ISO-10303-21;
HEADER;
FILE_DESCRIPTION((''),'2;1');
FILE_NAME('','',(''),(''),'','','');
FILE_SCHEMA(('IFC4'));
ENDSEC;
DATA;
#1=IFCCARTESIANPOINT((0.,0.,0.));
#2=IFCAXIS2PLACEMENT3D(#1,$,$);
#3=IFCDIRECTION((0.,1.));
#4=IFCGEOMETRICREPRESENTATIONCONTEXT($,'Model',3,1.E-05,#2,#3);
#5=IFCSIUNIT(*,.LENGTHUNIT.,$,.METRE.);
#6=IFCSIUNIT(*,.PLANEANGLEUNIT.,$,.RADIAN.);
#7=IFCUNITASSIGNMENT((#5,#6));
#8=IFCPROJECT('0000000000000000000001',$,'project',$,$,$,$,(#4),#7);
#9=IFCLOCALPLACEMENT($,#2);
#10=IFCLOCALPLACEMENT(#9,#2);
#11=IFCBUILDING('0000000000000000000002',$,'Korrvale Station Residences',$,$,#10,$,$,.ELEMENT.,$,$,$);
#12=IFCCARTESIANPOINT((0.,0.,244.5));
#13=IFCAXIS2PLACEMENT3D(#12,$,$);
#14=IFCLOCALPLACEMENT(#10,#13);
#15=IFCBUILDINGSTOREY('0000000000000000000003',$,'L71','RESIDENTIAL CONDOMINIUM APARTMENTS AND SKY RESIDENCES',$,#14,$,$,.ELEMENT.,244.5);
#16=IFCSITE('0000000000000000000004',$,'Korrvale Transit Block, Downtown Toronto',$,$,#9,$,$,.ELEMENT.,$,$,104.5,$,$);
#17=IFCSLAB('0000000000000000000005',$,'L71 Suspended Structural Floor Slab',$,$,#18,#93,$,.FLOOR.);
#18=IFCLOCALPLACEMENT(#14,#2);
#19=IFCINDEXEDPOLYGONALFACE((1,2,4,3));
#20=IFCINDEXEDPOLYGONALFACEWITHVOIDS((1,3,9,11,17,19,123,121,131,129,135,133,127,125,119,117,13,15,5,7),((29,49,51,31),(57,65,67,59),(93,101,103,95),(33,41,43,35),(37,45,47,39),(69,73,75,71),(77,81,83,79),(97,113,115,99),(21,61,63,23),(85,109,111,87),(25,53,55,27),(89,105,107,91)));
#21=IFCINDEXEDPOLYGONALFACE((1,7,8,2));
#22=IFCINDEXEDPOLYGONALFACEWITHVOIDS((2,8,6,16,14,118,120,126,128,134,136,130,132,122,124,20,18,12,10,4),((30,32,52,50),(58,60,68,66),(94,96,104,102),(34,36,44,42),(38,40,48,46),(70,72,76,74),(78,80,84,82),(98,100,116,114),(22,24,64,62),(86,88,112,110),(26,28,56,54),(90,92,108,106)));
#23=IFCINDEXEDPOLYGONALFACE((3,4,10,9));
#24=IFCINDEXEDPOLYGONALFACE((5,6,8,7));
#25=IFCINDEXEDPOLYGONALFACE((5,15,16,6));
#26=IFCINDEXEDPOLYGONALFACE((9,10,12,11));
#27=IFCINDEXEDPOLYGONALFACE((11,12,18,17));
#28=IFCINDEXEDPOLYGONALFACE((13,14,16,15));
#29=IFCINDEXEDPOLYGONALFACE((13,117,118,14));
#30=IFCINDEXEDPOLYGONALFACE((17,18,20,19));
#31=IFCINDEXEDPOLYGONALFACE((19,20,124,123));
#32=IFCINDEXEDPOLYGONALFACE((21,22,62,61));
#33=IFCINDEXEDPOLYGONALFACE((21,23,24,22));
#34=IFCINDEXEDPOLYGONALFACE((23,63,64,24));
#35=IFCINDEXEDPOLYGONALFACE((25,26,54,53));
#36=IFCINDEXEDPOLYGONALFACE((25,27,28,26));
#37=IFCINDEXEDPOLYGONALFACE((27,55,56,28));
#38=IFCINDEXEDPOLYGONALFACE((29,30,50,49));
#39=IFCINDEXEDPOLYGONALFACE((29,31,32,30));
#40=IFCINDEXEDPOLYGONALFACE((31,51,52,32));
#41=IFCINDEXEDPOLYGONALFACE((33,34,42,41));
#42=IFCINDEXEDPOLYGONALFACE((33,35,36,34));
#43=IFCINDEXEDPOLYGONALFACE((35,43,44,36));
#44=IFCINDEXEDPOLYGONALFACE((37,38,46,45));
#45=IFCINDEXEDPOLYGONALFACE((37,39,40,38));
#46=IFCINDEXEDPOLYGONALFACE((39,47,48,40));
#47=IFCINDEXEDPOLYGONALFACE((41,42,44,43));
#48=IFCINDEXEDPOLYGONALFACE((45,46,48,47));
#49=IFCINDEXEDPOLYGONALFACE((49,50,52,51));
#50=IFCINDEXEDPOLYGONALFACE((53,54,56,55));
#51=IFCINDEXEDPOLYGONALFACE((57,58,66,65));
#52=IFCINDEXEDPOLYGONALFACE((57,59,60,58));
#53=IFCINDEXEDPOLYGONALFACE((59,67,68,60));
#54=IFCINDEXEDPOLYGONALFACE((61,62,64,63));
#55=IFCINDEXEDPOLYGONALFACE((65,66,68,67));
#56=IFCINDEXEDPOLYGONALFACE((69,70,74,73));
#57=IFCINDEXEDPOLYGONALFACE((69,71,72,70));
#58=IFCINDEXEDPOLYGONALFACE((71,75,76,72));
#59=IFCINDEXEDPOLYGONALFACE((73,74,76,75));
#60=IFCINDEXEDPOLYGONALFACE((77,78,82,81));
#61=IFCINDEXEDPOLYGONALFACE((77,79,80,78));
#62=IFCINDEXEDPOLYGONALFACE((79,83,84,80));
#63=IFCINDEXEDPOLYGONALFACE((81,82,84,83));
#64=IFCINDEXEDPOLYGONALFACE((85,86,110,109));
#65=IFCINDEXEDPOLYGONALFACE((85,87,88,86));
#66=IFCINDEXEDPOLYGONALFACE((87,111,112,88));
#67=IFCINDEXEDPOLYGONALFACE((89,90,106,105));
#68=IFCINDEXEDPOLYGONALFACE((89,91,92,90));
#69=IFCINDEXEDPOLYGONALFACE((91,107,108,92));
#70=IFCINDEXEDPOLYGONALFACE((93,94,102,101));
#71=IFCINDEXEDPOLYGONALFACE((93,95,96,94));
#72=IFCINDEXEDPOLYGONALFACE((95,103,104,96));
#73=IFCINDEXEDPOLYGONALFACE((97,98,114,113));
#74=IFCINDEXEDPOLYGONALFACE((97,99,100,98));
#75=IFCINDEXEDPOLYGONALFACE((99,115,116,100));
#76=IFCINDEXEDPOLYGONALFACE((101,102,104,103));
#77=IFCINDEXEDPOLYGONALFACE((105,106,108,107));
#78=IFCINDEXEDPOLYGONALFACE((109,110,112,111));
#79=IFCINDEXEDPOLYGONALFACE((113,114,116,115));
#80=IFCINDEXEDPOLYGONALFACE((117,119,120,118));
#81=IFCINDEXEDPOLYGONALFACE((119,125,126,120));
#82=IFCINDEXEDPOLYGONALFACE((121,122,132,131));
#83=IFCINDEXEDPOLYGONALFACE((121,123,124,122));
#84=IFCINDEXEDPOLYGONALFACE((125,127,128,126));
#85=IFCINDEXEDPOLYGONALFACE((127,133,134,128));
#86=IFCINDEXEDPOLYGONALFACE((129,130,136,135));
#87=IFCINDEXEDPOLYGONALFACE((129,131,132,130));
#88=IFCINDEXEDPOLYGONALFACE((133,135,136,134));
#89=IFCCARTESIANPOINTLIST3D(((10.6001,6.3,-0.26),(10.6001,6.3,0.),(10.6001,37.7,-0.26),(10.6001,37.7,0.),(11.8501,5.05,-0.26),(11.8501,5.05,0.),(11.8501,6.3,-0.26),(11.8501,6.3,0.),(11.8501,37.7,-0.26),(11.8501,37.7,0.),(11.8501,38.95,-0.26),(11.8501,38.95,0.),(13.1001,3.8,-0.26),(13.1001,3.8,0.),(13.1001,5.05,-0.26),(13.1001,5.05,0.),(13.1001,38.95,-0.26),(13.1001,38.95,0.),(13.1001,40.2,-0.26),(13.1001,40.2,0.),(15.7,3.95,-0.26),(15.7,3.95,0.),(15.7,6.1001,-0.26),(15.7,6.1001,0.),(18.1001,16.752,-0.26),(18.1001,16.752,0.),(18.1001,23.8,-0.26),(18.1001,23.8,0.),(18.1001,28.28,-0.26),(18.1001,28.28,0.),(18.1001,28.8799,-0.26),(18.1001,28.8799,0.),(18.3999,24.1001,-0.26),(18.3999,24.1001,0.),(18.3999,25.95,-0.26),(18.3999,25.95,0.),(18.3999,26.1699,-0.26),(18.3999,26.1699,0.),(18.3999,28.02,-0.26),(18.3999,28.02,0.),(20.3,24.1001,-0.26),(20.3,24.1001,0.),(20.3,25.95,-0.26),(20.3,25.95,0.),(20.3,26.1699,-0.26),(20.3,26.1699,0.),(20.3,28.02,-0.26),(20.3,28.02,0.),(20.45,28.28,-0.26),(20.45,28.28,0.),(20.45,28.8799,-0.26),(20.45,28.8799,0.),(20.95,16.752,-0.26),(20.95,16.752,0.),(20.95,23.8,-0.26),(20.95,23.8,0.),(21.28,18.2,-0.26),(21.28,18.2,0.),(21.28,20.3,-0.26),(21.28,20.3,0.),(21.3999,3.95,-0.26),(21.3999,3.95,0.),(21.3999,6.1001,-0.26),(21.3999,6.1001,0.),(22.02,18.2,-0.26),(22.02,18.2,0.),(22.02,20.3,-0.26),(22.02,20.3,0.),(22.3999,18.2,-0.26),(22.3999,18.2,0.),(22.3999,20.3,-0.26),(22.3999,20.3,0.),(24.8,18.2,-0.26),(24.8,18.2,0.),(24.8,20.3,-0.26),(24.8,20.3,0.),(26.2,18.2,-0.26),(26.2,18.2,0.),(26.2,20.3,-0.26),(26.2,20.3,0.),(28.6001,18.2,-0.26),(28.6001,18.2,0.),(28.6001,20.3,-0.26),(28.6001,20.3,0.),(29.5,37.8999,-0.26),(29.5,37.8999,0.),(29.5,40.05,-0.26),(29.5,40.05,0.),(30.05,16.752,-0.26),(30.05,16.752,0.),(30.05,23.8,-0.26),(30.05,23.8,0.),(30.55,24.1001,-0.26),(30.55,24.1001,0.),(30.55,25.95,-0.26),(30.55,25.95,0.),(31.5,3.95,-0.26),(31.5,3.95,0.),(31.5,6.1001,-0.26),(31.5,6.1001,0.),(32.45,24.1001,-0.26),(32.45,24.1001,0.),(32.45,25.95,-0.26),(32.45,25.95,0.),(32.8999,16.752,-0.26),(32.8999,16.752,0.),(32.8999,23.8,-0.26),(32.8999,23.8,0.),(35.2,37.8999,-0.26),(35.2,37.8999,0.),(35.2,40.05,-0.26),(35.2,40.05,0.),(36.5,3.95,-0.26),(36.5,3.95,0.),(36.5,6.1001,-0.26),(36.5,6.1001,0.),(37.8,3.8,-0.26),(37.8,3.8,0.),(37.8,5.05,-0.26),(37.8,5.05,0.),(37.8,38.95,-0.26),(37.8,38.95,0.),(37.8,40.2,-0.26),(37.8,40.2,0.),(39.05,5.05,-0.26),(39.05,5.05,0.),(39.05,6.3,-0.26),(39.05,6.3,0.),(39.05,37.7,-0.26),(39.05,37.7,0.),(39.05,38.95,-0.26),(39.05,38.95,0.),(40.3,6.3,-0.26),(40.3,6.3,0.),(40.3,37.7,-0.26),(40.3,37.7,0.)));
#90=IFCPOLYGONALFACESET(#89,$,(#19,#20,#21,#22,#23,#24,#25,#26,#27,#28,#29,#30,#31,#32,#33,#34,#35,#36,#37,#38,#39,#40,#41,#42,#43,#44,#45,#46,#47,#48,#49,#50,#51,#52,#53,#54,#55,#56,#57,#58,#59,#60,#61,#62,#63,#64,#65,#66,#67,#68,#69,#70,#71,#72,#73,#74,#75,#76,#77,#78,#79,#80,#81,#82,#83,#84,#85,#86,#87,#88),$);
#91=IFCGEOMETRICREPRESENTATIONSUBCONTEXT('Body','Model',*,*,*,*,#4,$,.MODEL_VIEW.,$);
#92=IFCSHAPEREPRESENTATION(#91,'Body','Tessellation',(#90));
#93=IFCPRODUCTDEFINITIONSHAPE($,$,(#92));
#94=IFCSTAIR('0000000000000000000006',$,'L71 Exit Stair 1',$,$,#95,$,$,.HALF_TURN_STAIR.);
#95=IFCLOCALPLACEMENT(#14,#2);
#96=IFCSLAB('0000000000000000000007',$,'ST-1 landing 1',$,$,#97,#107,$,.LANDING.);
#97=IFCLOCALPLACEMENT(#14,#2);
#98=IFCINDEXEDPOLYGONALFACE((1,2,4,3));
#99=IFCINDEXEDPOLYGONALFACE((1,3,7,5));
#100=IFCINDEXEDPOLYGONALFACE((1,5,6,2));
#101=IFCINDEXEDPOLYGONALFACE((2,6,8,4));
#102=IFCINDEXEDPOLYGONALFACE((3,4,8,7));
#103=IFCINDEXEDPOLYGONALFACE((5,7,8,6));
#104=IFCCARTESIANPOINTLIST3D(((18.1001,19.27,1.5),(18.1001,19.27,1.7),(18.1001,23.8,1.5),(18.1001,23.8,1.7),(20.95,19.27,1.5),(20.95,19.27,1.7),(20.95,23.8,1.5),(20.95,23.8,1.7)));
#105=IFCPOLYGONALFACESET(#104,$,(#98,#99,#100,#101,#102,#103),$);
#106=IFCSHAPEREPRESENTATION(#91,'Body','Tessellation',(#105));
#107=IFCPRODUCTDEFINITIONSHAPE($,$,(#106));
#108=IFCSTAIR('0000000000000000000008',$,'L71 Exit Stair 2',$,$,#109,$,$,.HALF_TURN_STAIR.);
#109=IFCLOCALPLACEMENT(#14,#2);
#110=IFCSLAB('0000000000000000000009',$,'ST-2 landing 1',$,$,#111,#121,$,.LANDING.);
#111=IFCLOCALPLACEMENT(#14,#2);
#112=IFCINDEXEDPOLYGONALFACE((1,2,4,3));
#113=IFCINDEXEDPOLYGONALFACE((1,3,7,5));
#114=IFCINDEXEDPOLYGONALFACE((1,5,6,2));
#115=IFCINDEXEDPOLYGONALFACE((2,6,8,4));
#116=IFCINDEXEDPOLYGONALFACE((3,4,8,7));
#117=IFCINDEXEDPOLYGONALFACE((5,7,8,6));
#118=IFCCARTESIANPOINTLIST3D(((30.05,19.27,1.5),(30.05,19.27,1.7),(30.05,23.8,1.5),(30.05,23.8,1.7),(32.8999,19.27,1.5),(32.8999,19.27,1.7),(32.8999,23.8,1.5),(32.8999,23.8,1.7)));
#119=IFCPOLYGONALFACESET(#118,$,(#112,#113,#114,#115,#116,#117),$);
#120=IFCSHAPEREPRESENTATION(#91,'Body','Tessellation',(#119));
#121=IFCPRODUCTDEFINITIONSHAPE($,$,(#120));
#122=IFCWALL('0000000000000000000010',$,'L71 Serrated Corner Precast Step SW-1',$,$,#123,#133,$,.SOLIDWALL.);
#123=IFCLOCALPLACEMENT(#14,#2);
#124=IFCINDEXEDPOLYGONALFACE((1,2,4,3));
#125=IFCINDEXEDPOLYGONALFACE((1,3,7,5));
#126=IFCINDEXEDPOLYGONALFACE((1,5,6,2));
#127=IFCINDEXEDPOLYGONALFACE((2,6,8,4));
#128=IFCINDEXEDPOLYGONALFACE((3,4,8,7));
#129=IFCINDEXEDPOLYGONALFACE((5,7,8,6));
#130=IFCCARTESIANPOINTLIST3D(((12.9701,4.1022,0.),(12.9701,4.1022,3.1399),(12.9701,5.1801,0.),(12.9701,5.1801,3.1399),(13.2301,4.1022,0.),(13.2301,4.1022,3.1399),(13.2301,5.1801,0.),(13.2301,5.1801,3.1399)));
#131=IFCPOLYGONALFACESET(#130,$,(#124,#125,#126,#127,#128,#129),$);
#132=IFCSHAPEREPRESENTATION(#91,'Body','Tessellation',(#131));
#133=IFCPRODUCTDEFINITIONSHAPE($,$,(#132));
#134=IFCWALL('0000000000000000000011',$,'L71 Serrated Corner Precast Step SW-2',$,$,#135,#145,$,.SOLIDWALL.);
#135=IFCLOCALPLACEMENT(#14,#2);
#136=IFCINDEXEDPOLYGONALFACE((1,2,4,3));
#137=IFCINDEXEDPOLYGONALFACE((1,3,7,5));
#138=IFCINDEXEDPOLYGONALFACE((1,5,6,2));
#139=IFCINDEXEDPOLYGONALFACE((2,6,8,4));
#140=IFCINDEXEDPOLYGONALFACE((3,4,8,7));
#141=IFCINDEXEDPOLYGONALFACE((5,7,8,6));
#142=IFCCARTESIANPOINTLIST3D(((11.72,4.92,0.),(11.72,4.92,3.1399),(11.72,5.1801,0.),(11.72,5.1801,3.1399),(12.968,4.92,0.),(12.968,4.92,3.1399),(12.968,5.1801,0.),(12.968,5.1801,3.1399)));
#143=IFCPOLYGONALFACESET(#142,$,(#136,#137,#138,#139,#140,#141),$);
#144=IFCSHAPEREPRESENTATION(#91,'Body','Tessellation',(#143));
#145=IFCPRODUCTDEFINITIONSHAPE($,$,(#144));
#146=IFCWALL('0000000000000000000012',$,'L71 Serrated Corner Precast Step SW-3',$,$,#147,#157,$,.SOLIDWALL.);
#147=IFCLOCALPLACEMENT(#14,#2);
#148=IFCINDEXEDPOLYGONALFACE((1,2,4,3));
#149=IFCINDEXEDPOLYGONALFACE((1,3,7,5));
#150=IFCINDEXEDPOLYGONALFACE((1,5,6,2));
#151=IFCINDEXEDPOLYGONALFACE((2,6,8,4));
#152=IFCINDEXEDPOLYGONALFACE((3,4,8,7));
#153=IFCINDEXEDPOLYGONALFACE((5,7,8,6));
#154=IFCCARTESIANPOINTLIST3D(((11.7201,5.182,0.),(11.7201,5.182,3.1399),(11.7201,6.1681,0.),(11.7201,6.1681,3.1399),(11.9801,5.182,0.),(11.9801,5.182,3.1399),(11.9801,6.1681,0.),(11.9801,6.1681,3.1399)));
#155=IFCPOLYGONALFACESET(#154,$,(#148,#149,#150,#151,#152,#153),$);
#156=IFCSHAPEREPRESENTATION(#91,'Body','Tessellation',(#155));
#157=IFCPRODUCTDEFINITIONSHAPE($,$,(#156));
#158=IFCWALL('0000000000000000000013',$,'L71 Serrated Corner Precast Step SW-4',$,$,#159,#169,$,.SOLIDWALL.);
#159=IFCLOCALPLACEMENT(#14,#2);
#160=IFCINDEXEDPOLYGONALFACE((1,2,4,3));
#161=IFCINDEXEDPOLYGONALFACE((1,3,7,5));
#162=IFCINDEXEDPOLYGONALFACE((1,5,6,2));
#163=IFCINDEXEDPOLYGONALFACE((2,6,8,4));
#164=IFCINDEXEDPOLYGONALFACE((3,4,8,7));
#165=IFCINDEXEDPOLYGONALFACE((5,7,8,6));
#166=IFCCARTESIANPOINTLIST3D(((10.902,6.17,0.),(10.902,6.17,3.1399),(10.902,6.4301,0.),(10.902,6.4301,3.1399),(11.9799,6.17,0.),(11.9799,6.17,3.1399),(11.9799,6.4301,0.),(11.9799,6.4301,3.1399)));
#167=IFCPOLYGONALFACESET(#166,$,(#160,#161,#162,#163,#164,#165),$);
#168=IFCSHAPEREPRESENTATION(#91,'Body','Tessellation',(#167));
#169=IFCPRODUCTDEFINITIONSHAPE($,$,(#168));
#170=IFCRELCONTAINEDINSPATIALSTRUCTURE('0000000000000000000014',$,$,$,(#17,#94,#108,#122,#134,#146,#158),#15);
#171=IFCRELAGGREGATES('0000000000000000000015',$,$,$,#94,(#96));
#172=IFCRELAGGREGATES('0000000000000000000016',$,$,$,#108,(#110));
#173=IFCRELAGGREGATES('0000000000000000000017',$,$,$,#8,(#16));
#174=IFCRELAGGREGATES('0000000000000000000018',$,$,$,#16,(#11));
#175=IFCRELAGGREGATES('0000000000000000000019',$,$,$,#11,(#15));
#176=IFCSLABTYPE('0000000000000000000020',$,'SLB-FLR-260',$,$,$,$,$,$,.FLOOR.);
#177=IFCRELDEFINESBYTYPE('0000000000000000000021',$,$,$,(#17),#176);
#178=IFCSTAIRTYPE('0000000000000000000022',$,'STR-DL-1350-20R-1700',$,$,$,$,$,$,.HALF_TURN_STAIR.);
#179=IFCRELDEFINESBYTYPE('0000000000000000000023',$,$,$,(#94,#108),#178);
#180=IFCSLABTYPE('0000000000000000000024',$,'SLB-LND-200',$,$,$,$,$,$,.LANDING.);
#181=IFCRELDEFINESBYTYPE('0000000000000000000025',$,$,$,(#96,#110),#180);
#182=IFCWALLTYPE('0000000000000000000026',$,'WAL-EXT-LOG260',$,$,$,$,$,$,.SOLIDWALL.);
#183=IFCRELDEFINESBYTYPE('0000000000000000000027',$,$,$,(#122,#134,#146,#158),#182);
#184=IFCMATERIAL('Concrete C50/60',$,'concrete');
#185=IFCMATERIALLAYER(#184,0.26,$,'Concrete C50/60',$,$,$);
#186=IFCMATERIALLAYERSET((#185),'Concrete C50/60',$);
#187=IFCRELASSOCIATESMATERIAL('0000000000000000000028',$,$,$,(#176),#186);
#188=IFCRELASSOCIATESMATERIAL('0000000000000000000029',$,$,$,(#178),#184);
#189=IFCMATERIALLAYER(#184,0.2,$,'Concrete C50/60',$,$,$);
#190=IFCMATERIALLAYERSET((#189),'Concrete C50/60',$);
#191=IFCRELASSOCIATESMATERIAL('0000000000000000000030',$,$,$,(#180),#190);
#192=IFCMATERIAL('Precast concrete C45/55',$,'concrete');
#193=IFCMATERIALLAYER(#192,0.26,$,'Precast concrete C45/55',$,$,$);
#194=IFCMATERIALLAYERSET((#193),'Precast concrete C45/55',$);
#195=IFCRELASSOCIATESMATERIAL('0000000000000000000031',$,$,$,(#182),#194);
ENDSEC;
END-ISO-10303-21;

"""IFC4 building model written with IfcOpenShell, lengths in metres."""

from ifc_helpers import new_model, si_unit, direction, frame, frame_2d, origin, place, context, subcontext, project, spatial, polyline, rectangle, outline, extrude, material, layer, layer_set, type_object, element, aggregate, save


model = new_model("IFC4")

# Units and contexts
model_context = context("Model", 3, precision=1e-05, world=origin(), true_north=direction((0.0, 1.0)))
body_context = subcontext(model_context, "Body", "Model", "MODEL_VIEW")
ifc_project = project(units=[si_unit("LENGTHUNIT", "METRE"), si_unit("PLANEANGLEUNIT", "RADIAN")], contexts=[model_context])

# Site, building, storey
site_placement = place(None, origin())
site = spatial("IfcSite", under=ifc_project, at=site_placement, Name="Korrvale Transit Block, Downtown Toronto", CompositionType="ELEMENT", RefElevation=104.5)
building_placement = place(site_placement, origin())
building = spatial("IfcBuilding", under=site, at=building_placement, Name="Korrvale Station Residences", CompositionType="ELEMENT")
storey_placement = place(building_placement, frame((0.0, 0.0, 244.5)))
storey = spatial("IfcBuildingStorey", under=building, at=storey_placement, Name="L71", Description="RESIDENTIAL CONDOMINIUM APARTMENTS AND SKY RESIDENCES", CompositionType="ELEMENT", Elevation=244.5)

# Shared definitions
ifc_material_1 = material(Name="Concrete C50/60", Category="concrete")

# Slab
ifc_layer_1 = layer(ifc_material_1, 0.26, Name="Concrete C50/60")
ifc_layer_set_1 = layer_set([ifc_layer_1], Name="Concrete C50/60")
slab_type_1 = type_object("IfcSlabType", Name="SLB-FLR-260", PredefinedType="FLOOR", material=ifc_layer_set_1)
slab_1_placement = place(storey_placement, frame((0.0, 0.0, -0.26)))
element("IfcSlab", 1, at=slab_1_placement, inside=storey, type_object=slab_type_1, Name="L71 Suspended Structural Floor Slab", PredefinedType="FLOOR", context=body_context, shape_type="SweptSolid", body=[
    extrude(outline(polyline([(13.1001, 3.8), (37.8, 3.8), (37.8, 5.05), (39.05, 5.05), (39.05, 6.3), (40.3, 6.3), (40.3, 37.7), (39.05, 37.7), (39.05, 38.95), (37.8, 38.95), (37.8, 40.2), (13.1001, 40.2), (13.1001, 38.95), (11.8501, 38.95), (11.8501, 37.7), (10.6001, 37.7), (10.6001, 6.3), (11.8501, 6.3), (11.8501, 5.05), (13.1001, 5.05), (13.1001, 3.8)]), holes=[polyline([(20.95, 16.752), (20.95, 23.8), (18.1001, 23.8), (18.1001, 16.752), (20.95, 16.752)]), polyline([(32.8999, 16.752), (32.8999, 23.8), (30.05, 23.8), (30.05, 16.752), (32.8999, 16.752)]), polyline([(18.3999, 24.1001), (20.3, 24.1001), (20.3, 25.95), (18.3999, 25.95), (18.3999, 24.1001)]), polyline([(18.3999, 26.1699), (20.3, 26.1699), (20.3, 28.02), (18.3999, 28.02), (18.3999, 26.1699)]), polyline([(30.55, 24.1001), (32.45, 24.1001), (32.45, 25.95), (30.55, 25.95), (30.55, 24.1001)]), polyline([(22.3999, 18.2), (24.8, 18.2), (24.8, 20.3), (22.3999, 20.3), (22.3999, 18.2)]), polyline([(26.2, 18.2), (28.6001, 18.2), (28.6001, 20.3), (26.2, 20.3), (26.2, 18.2)]), polyline([(18.1001, 28.28), (20.45, 28.28), (20.45, 28.8799), (18.1001, 28.8799), (18.1001, 28.28)]), polyline([(21.28, 18.2), (22.02, 18.2), (22.02, 20.3), (21.28, 20.3), (21.28, 18.2)]), polyline([(15.7, 3.95), (21.3999, 3.95), (21.3999, 6.1001), (15.7, 6.1001), (15.7, 3.95)]), polyline([(29.5, 37.8999), (35.2, 37.8999), (35.2, 40.05), (29.5, 40.05), (29.5, 37.8999)]), polyline([(31.5, 3.95), (36.5, 3.95), (36.5, 6.1001), (31.5, 6.1001), (31.5, 3.95)])]), origin(), (0.0, 0.0, 1.0), 0.26),
])

# Stairs, slabs
stair_type = type_object("IfcStairType", Name="STR-DL-1350-20R-1700", PredefinedType="HALF_TURN_STAIR", material=ifc_material_1)
stair_1_placement = place(storey_placement, origin())
stair_1 = element("IfcStair", 2, at=stair_1_placement, inside=storey, type_object=stair_type, Name="L71 Exit Stair 1", PredefinedType="HALF_TURN_STAIR")
ifc_layer_2 = layer(ifc_material_1, 0.2, Name="Concrete C50/60")
ifc_layer_set_2 = layer_set([ifc_layer_2], Name="Concrete C50/60")
slab_type_2 = type_object("IfcSlabType", Name="SLB-LND-200", PredefinedType="LANDING", material=ifc_layer_set_2)
slab_2_placement = place(storey_placement, frame((0.0, 0.0, 1.5)))
slab_2 = element("IfcSlab", 3, at=slab_2_placement, type_object=slab_type_2, Name="ST-1 landing 1", PredefinedType="LANDING", context=body_context, shape_type="SweptSolid", body=[
    extrude(outline(polyline([(20.95, 19.27), (20.95, 23.8), (18.1001, 23.8), (18.1001, 19.27), (20.95, 19.27)])), origin(), (0.0, 0.0, 1.0), 0.2),
])
aggregate(stair_1, [slab_2])
stair_2_placement = place(storey_placement, origin())
stair_2 = element("IfcStair", 4, at=stair_2_placement, inside=storey, type_object=stair_type, Name="L71 Exit Stair 2", PredefinedType="HALF_TURN_STAIR")
slab_3_placement = place(storey_placement, frame((0.0, 0.0, 1.5)))
slab_3 = element("IfcSlab", 5, at=slab_3_placement, type_object=slab_type_2, Name="ST-2 landing 1", PredefinedType="LANDING", context=body_context, shape_type="SweptSolid", body=[
    extrude(outline(polyline([(32.8999, 19.27), (32.8999, 23.8), (30.05, 23.8), (30.05, 19.27), (32.8999, 19.27)])), origin(), (0.0, 0.0, 1.0), 0.2),
])
aggregate(stair_2, [slab_3])

# Walls
ifc_material_2 = material(Name="Precast concrete C45/55", Category="concrete")
ifc_layer_3 = layer(ifc_material_2, 0.26, Name="Precast concrete C45/55")
ifc_layer_set_3 = layer_set([ifc_layer_3], Name="Precast concrete C45/55")
wall_type_1 = type_object("IfcWallType", Name="WAL-EXT-LOG260", PredefinedType="SOLIDWALL", material=ifc_layer_set_3)
wall_1_placement = place(storey_placement, frame((13.1001, 4.1021, 0.0), z_axis=(0.0, 0.0, 1.0), x_axis=(0.0, 1.0, 0.0)))
element("IfcWall", 6, at=wall_1_placement, inside=storey, type_object=wall_type_1, Name="L71 Serrated Corner Precast Step SW-1", PredefinedType="SOLIDWALL", context=body_context, shape_type="SweptSolid", body=[
    extrude(rectangle(XDim=1.0779, YDim=0.26, at=frame_2d((0.5391, 0.0))), origin(), (0.0, 0.0, 1.0), 3.1399),
])
wall_2_placement = place(storey_placement, frame((12.968, 5.05, 0.0), z_axis=(0.0, 0.0, 1.0), x_axis=(-1.0, 0.0, 0.0)))
element("IfcWall", 7, at=wall_2_placement, inside=storey, type_object=wall_type_1, Name="L71 Serrated Corner Precast Step SW-2", PredefinedType="SOLIDWALL", context=body_context, shape_type="SweptSolid", body=[
    extrude(rectangle(XDim=1.248, YDim=0.26, at=frame_2d((0.624, 0.0))), origin(), (0.0, 0.0, 1.0), 3.1399),
])
wall_3_placement = place(storey_placement, frame((11.8501, 5.1819, 0.0), z_axis=(0.0, 0.0, 1.0), x_axis=(0.0, 1.0, 0.0)))
element("IfcWall", 8, at=wall_3_placement, inside=storey, type_object=wall_type_1, Name="L71 Serrated Corner Precast Step SW-3", PredefinedType="SOLIDWALL", context=body_context, shape_type="SweptSolid", body=[
    extrude(rectangle(XDim=0.9861, YDim=0.26, at=frame_2d((0.4932, 0.0))), origin(), (0.0, 0.0, 1.0), 3.1399),
])
wall_4_placement = place(storey_placement, frame((11.98, 6.3, 0.0), z_axis=(0.0, 0.0, 1.0), x_axis=(-1.0, 0.0, 0.0)))
element("IfcWall", 9, at=wall_4_placement, inside=storey, type_object=wall_type_1, Name="L71 Serrated Corner Precast Step SW-4", PredefinedType="SOLIDWALL", context=body_context, shape_type="SweptSolid", body=[
    extrude(rectangle(XDim=1.0779, YDim=0.26, at=frame_2d((0.5391, 0.0))), origin(), (0.0, 0.0, 1.0), 3.1399),
])

save(model, "model.ifc")
